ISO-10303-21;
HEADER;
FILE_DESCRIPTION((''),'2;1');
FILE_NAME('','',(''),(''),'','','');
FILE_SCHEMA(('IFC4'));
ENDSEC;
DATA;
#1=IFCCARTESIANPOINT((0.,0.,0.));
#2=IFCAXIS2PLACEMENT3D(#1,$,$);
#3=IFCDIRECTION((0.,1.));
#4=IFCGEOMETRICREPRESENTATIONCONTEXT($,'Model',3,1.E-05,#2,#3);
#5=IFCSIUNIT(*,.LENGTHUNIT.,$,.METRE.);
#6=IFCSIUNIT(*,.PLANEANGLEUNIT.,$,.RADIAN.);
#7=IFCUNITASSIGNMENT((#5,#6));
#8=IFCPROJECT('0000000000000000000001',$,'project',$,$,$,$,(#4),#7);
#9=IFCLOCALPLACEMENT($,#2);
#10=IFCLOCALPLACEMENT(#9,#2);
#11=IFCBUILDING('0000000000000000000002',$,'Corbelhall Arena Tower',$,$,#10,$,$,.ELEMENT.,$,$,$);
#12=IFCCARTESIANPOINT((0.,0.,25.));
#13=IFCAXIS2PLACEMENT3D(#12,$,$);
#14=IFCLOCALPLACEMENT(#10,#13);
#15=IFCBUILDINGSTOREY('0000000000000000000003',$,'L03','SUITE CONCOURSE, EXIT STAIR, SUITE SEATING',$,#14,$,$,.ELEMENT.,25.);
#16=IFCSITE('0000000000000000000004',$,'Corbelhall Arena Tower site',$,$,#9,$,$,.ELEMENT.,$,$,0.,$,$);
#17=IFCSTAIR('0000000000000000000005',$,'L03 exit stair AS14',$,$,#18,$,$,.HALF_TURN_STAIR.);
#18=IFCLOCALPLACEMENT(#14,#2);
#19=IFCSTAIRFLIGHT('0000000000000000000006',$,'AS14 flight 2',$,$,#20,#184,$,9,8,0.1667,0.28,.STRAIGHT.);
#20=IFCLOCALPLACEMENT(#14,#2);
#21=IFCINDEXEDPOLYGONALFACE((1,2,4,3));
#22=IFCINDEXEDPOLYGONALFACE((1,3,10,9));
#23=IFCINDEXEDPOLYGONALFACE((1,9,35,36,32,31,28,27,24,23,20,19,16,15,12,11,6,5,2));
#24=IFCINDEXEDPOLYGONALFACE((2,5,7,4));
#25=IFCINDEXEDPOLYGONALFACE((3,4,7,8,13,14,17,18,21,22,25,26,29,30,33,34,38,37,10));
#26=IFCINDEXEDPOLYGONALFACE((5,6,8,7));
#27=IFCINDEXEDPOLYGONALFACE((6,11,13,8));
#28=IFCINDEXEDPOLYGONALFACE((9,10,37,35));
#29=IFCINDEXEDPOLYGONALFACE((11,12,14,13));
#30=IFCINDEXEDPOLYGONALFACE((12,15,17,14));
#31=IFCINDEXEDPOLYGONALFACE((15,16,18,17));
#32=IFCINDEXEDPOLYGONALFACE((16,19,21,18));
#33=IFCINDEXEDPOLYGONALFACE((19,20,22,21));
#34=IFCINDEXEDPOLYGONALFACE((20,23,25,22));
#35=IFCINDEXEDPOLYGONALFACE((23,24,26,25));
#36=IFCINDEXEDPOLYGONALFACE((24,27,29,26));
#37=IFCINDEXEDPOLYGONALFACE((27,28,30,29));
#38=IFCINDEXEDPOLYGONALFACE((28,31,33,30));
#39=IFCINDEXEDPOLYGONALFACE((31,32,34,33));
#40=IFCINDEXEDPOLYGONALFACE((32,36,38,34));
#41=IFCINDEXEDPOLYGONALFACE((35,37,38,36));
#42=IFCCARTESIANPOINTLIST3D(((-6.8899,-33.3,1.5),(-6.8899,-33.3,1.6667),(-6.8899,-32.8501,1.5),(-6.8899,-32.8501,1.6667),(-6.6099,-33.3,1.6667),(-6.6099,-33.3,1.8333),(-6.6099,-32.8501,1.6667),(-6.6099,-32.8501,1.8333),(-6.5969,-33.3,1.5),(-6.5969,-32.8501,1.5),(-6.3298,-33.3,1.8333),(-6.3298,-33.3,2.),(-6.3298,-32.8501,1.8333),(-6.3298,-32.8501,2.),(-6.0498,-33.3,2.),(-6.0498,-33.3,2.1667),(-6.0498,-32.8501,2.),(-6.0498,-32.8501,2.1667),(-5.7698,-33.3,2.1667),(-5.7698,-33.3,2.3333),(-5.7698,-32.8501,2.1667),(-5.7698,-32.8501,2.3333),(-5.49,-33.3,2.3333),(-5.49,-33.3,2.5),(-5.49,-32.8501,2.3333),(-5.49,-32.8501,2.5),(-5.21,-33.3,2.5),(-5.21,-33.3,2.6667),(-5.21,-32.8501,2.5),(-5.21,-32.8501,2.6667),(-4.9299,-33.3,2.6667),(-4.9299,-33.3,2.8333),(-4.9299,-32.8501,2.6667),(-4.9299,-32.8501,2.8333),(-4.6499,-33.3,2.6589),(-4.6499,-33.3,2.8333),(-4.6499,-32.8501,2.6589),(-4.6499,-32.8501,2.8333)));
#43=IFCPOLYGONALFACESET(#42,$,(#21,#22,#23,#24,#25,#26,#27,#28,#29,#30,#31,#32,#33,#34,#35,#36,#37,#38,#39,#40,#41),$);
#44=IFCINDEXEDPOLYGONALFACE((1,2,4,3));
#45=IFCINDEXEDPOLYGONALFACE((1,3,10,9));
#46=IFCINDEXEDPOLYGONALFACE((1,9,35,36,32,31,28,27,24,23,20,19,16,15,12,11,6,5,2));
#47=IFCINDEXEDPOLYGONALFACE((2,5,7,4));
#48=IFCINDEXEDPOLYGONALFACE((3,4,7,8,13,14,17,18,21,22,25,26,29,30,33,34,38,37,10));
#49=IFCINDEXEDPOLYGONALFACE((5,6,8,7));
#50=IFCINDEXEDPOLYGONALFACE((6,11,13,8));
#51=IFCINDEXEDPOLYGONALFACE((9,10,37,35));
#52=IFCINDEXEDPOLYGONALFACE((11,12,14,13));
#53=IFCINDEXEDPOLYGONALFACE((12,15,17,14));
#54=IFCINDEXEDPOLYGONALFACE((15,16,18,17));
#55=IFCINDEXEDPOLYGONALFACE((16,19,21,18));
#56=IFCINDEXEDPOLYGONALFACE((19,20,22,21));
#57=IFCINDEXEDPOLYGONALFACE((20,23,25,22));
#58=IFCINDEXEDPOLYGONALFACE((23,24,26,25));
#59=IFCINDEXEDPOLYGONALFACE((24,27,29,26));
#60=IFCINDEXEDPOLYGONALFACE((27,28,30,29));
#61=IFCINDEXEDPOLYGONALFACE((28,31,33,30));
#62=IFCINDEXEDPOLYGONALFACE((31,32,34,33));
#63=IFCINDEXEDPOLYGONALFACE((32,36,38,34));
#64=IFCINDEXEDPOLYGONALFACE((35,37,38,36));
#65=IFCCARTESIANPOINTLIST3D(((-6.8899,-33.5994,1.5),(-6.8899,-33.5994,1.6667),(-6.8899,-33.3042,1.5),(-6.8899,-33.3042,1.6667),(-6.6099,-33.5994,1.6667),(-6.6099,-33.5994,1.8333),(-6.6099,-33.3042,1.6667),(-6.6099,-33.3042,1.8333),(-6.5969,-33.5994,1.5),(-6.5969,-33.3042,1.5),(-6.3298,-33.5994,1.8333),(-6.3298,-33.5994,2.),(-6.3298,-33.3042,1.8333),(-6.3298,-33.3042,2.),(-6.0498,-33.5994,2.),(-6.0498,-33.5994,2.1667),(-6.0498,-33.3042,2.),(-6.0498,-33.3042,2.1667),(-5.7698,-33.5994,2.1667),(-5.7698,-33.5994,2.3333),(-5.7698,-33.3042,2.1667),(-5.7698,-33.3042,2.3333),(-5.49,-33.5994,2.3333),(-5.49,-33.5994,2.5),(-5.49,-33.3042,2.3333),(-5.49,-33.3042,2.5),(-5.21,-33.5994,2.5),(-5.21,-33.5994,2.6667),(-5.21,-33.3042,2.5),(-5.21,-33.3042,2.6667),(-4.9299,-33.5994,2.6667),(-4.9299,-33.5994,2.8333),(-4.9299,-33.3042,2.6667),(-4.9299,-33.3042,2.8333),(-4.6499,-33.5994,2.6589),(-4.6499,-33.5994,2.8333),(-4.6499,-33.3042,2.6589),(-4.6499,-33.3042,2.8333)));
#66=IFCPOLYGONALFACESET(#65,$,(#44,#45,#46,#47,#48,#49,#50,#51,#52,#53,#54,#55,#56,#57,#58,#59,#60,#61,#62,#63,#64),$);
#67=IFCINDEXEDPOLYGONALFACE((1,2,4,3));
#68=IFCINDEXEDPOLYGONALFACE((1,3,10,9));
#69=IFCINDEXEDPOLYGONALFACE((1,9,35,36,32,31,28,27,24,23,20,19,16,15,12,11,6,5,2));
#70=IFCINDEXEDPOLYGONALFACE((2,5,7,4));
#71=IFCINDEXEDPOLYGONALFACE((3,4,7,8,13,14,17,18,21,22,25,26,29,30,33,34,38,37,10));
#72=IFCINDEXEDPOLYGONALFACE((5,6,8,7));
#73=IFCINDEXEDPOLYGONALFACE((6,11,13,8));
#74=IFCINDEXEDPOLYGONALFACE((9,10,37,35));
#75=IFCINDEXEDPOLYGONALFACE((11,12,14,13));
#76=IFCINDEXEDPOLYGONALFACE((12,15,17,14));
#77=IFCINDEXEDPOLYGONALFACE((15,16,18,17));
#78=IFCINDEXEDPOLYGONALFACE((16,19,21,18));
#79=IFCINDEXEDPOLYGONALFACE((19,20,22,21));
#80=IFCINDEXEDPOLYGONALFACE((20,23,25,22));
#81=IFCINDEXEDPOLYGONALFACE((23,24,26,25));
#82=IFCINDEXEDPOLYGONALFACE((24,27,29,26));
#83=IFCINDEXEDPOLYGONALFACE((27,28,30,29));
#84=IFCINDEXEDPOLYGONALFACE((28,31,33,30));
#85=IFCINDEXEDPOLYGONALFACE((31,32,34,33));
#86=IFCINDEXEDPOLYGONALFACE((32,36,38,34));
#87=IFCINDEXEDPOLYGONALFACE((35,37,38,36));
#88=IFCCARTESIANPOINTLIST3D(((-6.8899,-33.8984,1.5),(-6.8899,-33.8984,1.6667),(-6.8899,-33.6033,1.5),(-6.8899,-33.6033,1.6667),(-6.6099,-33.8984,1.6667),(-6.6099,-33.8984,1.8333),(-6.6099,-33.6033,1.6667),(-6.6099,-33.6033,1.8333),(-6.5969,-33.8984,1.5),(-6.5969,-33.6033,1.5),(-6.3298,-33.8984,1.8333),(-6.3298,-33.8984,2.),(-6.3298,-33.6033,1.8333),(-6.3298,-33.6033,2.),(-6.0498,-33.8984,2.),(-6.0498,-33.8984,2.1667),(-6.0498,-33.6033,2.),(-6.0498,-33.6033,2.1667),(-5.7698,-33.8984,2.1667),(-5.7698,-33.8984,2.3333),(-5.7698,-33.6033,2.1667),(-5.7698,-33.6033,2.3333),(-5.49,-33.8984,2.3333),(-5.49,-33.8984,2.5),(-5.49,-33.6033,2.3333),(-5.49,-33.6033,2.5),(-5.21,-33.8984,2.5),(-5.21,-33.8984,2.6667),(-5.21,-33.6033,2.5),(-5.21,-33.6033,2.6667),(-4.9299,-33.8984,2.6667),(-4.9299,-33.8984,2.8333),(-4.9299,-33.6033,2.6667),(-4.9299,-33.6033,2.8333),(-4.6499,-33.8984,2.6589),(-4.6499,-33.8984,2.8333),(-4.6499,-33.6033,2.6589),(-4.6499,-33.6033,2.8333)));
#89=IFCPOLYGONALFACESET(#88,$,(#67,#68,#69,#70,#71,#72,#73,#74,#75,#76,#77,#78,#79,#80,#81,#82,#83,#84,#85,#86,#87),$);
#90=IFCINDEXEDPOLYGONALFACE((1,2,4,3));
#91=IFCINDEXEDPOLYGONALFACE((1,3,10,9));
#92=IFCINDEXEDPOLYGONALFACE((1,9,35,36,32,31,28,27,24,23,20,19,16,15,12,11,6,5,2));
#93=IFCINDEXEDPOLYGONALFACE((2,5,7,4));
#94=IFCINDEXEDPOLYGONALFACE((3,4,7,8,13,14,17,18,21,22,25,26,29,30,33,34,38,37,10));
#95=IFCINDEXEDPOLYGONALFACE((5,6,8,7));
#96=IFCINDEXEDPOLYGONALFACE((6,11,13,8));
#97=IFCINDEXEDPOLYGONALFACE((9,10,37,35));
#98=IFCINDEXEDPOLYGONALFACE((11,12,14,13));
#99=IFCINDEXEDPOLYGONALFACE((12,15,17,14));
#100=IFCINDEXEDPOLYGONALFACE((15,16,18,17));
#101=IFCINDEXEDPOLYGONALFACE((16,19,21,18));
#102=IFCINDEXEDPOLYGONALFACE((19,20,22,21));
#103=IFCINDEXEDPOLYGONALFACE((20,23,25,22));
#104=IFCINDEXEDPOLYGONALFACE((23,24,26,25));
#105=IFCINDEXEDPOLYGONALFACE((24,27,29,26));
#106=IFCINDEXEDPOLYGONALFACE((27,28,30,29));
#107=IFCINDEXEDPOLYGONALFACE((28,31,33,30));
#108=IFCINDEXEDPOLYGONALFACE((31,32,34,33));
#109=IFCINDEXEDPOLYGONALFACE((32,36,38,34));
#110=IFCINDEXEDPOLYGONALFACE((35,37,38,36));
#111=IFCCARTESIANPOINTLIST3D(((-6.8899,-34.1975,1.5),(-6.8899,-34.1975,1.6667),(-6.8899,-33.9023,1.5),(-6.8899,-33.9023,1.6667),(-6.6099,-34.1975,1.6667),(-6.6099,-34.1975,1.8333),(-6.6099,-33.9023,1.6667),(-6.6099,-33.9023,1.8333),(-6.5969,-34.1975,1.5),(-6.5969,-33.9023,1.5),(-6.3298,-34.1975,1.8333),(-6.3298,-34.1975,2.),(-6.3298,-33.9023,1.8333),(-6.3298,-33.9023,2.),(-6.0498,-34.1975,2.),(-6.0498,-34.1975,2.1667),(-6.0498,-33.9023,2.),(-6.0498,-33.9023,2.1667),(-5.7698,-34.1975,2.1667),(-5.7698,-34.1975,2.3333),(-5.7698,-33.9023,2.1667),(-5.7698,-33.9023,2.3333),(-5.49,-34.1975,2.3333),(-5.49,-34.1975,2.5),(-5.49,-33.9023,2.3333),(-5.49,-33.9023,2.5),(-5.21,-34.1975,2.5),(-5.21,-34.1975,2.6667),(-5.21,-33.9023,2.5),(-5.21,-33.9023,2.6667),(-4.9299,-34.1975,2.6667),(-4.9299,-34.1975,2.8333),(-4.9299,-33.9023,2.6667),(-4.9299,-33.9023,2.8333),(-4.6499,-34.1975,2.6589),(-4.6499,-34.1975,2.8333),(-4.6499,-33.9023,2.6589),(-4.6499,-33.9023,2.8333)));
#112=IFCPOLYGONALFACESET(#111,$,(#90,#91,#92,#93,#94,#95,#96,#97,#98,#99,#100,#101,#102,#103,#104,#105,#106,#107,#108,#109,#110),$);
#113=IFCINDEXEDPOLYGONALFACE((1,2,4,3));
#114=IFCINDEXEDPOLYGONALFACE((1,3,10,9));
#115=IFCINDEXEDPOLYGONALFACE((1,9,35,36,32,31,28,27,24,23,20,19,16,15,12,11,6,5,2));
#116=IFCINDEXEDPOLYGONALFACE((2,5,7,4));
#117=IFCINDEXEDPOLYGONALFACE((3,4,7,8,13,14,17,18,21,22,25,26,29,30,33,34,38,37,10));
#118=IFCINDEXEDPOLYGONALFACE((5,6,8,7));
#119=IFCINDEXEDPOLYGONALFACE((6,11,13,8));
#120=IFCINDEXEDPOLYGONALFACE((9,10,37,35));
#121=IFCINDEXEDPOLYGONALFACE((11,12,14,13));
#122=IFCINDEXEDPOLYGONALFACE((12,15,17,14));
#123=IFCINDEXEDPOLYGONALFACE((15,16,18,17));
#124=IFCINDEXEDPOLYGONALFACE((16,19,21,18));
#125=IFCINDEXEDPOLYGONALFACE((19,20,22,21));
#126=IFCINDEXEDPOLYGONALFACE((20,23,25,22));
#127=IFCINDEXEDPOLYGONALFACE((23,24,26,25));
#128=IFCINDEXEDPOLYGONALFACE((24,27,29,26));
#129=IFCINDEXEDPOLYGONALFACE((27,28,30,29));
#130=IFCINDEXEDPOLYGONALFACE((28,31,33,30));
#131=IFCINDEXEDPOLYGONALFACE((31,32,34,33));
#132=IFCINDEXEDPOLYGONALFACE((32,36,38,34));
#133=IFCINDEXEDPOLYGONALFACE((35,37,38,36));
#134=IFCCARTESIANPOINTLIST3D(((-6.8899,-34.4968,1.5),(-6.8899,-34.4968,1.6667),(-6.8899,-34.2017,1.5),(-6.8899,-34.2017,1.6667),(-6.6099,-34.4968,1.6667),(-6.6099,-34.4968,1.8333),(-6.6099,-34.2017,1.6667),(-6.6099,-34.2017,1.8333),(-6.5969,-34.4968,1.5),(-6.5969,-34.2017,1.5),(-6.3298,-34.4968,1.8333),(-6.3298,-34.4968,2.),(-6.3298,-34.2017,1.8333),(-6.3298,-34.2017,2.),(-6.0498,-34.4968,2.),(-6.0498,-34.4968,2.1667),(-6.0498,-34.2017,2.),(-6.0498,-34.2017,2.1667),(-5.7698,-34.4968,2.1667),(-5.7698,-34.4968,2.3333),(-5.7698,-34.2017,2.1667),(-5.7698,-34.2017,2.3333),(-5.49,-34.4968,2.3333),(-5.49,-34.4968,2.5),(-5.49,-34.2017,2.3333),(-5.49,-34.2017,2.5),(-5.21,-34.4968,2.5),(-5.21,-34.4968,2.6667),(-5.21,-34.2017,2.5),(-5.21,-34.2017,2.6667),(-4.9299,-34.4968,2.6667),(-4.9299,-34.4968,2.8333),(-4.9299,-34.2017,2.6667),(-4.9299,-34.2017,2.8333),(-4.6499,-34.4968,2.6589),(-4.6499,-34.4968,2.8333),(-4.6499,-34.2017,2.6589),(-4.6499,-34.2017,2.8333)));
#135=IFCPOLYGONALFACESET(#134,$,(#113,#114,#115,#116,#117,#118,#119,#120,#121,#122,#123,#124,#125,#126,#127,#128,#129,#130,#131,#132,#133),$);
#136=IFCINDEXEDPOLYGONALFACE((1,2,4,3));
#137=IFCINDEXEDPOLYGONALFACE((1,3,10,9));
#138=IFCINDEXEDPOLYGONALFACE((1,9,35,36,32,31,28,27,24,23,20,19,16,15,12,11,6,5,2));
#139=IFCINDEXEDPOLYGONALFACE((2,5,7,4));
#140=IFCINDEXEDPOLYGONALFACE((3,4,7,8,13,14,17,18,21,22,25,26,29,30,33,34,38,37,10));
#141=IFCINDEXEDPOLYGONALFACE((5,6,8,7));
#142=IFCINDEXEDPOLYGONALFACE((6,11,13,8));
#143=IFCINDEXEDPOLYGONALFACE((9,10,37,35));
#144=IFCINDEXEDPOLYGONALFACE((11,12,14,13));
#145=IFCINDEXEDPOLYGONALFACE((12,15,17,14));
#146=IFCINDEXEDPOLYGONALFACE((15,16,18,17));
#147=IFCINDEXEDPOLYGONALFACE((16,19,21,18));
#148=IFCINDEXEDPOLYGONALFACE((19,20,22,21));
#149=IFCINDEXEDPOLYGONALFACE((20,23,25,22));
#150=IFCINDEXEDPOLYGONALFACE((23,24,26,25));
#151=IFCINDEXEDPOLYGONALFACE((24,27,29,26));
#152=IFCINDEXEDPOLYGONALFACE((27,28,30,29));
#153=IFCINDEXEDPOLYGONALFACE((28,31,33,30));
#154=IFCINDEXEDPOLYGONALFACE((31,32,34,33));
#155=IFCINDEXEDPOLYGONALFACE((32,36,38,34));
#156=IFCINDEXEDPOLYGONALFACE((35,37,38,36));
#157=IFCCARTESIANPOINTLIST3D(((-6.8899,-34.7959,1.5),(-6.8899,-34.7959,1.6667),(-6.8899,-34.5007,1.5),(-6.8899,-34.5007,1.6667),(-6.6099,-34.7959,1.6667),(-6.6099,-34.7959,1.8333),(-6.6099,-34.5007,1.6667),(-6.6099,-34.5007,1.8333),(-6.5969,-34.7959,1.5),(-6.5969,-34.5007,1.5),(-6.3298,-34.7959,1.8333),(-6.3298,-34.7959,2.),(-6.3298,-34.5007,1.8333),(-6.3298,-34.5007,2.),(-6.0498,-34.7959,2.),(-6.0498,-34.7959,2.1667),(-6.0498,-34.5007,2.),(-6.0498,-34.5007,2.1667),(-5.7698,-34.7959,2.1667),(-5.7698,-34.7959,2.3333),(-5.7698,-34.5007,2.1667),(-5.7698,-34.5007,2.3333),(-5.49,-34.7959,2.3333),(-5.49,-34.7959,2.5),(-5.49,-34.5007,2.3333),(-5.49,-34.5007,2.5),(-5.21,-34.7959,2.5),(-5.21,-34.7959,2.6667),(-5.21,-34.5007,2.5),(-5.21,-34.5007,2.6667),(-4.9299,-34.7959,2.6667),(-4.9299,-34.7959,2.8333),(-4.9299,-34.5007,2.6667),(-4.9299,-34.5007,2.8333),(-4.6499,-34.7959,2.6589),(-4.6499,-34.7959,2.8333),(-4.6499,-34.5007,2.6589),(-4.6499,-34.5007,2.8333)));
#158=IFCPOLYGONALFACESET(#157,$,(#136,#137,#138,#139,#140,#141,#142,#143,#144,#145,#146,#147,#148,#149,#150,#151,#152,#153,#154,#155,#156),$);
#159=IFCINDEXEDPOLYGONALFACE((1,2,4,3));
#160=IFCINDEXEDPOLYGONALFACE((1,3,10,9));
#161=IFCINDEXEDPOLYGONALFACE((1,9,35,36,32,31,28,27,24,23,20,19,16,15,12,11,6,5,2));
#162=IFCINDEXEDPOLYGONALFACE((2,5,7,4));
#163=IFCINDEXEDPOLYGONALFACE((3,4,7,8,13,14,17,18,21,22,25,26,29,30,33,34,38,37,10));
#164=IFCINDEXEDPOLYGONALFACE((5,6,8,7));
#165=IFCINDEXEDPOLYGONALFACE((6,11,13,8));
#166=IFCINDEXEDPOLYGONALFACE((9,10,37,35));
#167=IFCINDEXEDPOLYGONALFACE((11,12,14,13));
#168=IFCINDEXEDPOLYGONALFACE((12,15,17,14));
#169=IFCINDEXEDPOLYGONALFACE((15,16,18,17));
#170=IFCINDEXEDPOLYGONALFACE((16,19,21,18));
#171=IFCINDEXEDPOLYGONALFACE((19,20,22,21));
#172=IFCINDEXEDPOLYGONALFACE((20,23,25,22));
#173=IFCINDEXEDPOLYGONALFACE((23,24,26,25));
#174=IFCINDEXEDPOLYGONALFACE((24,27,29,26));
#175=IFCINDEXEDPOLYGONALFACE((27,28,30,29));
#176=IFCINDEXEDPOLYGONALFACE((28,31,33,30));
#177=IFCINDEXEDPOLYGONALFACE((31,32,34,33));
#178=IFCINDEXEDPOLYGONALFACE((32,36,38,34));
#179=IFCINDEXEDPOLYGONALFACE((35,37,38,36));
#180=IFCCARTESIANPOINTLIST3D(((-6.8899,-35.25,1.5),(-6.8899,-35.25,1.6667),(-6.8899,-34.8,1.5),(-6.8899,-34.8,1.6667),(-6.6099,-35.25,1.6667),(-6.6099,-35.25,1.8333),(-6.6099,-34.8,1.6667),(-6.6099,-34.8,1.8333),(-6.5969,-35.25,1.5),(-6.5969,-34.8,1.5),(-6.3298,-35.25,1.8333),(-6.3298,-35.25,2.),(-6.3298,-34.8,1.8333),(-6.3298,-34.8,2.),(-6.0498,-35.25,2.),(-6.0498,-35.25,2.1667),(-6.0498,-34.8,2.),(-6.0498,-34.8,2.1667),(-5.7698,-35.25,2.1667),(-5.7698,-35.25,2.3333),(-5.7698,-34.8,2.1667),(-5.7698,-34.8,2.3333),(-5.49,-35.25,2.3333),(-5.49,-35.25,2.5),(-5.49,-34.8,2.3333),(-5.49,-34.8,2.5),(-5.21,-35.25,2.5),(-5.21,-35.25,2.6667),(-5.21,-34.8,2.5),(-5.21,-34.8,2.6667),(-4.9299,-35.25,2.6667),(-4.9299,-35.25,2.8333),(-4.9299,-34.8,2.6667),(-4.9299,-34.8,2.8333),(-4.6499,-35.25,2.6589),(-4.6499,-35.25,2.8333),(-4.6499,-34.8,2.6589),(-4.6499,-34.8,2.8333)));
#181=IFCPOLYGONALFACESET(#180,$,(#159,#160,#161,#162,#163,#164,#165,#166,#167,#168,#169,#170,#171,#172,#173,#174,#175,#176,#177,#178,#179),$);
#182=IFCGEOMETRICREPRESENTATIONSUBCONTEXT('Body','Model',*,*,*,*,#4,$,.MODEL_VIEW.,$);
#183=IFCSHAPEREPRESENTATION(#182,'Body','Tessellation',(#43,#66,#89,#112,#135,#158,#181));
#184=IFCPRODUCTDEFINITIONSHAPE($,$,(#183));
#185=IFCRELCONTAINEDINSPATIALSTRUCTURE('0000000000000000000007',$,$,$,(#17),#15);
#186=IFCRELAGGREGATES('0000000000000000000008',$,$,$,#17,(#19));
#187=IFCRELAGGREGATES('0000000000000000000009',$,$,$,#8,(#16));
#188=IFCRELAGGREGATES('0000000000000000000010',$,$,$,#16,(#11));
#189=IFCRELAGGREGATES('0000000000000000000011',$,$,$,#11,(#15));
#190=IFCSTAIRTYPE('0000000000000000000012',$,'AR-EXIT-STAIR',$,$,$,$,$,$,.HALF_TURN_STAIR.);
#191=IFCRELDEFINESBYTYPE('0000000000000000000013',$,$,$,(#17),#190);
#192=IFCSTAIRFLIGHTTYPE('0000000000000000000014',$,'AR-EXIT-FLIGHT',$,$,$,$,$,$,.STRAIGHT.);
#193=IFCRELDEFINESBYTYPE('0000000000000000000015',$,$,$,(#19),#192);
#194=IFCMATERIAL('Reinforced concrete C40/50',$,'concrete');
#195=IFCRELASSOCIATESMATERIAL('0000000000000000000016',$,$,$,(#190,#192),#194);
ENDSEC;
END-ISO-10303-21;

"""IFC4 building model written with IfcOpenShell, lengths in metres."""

from ifc_helpers import new_model, si_unit, direction, frame, origin, place, context, subcontext, project, spatial, polyline, outline, extrude, material, type_object, element, aggregate, save


model = new_model("IFC4")

# Units and contexts
model_context = context("Model", 3, precision=1e-05, world=origin(), true_north=direction((0.0, 1.0)))
body_context = subcontext(model_context, "Body", "Model", "MODEL_VIEW")
ifc_project = project(units=[si_unit("LENGTHUNIT", "METRE"), si_unit("PLANEANGLEUNIT", "RADIAN")], contexts=[model_context])

# Site, building, storey
site_placement = place(None, origin())
site = spatial("IfcSite", under=ifc_project, at=site_placement, Name="Corbelhall Arena Tower site", CompositionType="ELEMENT", RefElevation=0.0)
building_placement = place(site_placement, origin())
building = spatial("IfcBuilding", under=site, at=building_placement, Name="Corbelhall Arena Tower", CompositionType="ELEMENT")
storey_placement = place(building_placement, frame((0.0, 0.0, 25.0)))
storey = spatial("IfcBuildingStorey", under=building, at=storey_placement, Name="L03", Description="SUITE CONCOURSE, EXIT STAIR, SUITE SEATING", CompositionType="ELEMENT", Elevation=25.0)

# Shared definitions
ifc_material_1 = material(Name="Reinforced concrete C40/50", Category="concrete")

# Stair, stair flight
stair_type = type_object("IfcStairType", Name="AR-EXIT-STAIR", PredefinedType="HALF_TURN_STAIR", material=ifc_material_1)
stair_placement = place(storey_placement, origin())
stair = element("IfcStair", 1, at=stair_placement, inside=storey, type_object=stair_type, Name="L03 exit stair AS14", PredefinedType="HALF_TURN_STAIR")
stair_flight_type = type_object("IfcStairFlightType", Name="AR-EXIT-FLIGHT", PredefinedType="STRAIGHT", material=ifc_material_1)
stair_flight_1_placement = place(storey_placement, frame((-6.8899, -34.05, 1.5), z_axis=(0.0, 0.0, 1.0), x_axis=(1.0, 0.0, 0.0)))
stair_flight_1 = element("IfcStairFlight", 2, at=stair_flight_1_placement, type_object=stair_flight_type, Name="AS14 flight 2", NumberOfRisers=9, NumberOfTreads=8, PredefinedType="STRAIGHT", RiserHeight=0.1667, TreadLength=0.28, context=body_context, shape_type="SweptSolid", body=[
    extrude(outline(polyline([(0.0, 0.0), (0.0, 0.1667), (0.28, 0.1667), (0.28, 0.3333), (0.5601, 0.3333), (0.5601, 0.5), (0.8401, 0.5), (0.8401, 0.6667), (1.1201, 0.6667), (1.1201, 0.8333), (1.3999, 0.8333), (1.3999, 1.0), (1.6799, 1.0), (1.6799, 1.1667), (1.96, 1.1667), (1.96, 1.3333), (2.24, 1.3333), (2.24, 1.5), (2.24, 1.1589), (0.293, 0.0), (0.0, 0.0)])), frame((0.0, 1.2, 0.0), z_axis=(0.0, -1.0, 0.0), x_axis=(1.0, 0.0, 0.0)), (0.0, 0.0, 1.0), 0.45),
    extrude(outline(polyline([(0.0, 0.0), (0.0, 0.1667), (0.28, 0.1667), (0.28, 0.3333), (0.5601, 0.3333), (0.5601, 0.5), (0.8401, 0.5), (0.8401, 0.6667), (1.1201, 0.6667), (1.1201, 0.8333), (1.3999, 0.8333), (1.3999, 1.0), (1.6799, 1.0), (1.6799, 1.1667), (1.96, 1.1667), (1.96, 1.3333), (2.24, 1.3333), (2.24, 1.5), (2.24, 1.1589), (0.293, 0.0), (0.0, 0.0)])), frame((0.0, 0.7458, 0.0), z_axis=(0.0, -1.0, 0.0), x_axis=(1.0, 0.0, 0.0)), (0.0, 0.0, 1.0), 0.2952),
    extrude(outline(polyline([(0.0, 0.0), (0.0, 0.1667), (0.28, 0.1667), (0.28, 0.3333), (0.5601, 0.3333), (0.5601, 0.5), (0.8401, 0.5), (0.8401, 0.6667), (1.1201, 0.6667), (1.1201, 0.8333), (1.3999, 0.8333), (1.3999, 1.0), (1.6799, 1.0), (1.6799, 1.1667), (1.96, 1.1667), (1.96, 1.3333), (2.24, 1.3333), (2.24, 1.5), (2.24, 1.1589), (0.293, 0.0), (0.0, 0.0)])), frame((0.0, 0.4468, 0.0), z_axis=(0.0, -1.0, 0.0), x_axis=(1.0, 0.0, 0.0)), (0.0, 0.0, 1.0), 0.2952),
    extrude(outline(polyline([(0.0, 0.0), (0.0, 0.1667), (0.28, 0.1667), (0.28, 0.3333), (0.5601, 0.3333), (0.5601, 0.5), (0.8401, 0.5), (0.8401, 0.6667), (1.1201, 0.6667), (1.1201, 0.8333), (1.3999, 0.8333), (1.3999, 1.0), (1.6799, 1.0), (1.6799, 1.1667), (1.96, 1.1667), (1.96, 1.3333), (2.24, 1.3333), (2.24, 1.5), (2.24, 1.1589), (0.293, 0.0), (0.0, 0.0)])), frame((0.0, 0.1477, 0.0), z_axis=(0.0, -1.0, 0.0), x_axis=(1.0, 0.0, 0.0)), (0.0, 0.0, 1.0), 0.2952),
    extrude(outline(polyline([(0.0, 0.0), (0.0, 0.1667), (0.28, 0.1667), (0.28, 0.3333), (0.5601, 0.3333), (0.5601, 0.5), (0.8401, 0.5), (0.8401, 0.6667), (1.1201, 0.6667), (1.1201, 0.8333), (1.3999, 0.8333), (1.3999, 1.0), (1.6799, 1.0), (1.6799, 1.1667), (1.96, 1.1667), (1.96, 1.3333), (2.24, 1.3333), (2.24, 1.5), (2.24, 1.1589), (0.293, 0.0), (0.0, 0.0)])), frame((0.0, -0.1516, 0.0), z_axis=(0.0, -1.0, 0.0), x_axis=(1.0, 0.0, 0.0)), (0.0, 0.0, 1.0), 0.2952),
    extrude(outline(polyline([(0.0, 0.0), (0.0, 0.1667), (0.28, 0.1667), (0.28, 0.3333), (0.5601, 0.3333), (0.5601, 0.5), (0.8401, 0.5), (0.8401, 0.6667), (1.1201, 0.6667), (1.1201, 0.8333), (1.3999, 0.8333), (1.3999, 1.0), (1.6799, 1.0), (1.6799, 1.1667), (1.96, 1.1667), (1.96, 1.3333), (2.24, 1.3333), (2.24, 1.5), (2.24, 1.1589), (0.293, 0.0), (0.0, 0.0)])), frame((0.0, -0.4507, 0.0), z_axis=(0.0, -1.0, 0.0), x_axis=(1.0, 0.0, 0.0)), (0.0, 0.0, 1.0), 0.2952),
    extrude(outline(polyline([(0.0, 0.0), (0.0, 0.1667), (0.28, 0.1667), (0.28, 0.3333), (0.5601, 0.3333), (0.5601, 0.5), (0.8401, 0.5), (0.8401, 0.6667), (1.1201, 0.6667), (1.1201, 0.8333), (1.3999, 0.8333), (1.3999, 1.0), (1.6799, 1.0), (1.6799, 1.1667), (1.96, 1.1667), (1.96, 1.3333), (2.24, 1.3333), (2.24, 1.5), (2.24, 1.1589), (0.293, 0.0), (0.0, 0.0)])), frame((0.0, -0.75, 0.0), z_axis=(0.0, -1.0, 0.0), x_axis=(1.0, 0.0, 0.0)), (0.0, 0.0, 1.0), 0.45),
])
aggregate(stair, [stair_flight_1])

save(model, "model.ifc")
